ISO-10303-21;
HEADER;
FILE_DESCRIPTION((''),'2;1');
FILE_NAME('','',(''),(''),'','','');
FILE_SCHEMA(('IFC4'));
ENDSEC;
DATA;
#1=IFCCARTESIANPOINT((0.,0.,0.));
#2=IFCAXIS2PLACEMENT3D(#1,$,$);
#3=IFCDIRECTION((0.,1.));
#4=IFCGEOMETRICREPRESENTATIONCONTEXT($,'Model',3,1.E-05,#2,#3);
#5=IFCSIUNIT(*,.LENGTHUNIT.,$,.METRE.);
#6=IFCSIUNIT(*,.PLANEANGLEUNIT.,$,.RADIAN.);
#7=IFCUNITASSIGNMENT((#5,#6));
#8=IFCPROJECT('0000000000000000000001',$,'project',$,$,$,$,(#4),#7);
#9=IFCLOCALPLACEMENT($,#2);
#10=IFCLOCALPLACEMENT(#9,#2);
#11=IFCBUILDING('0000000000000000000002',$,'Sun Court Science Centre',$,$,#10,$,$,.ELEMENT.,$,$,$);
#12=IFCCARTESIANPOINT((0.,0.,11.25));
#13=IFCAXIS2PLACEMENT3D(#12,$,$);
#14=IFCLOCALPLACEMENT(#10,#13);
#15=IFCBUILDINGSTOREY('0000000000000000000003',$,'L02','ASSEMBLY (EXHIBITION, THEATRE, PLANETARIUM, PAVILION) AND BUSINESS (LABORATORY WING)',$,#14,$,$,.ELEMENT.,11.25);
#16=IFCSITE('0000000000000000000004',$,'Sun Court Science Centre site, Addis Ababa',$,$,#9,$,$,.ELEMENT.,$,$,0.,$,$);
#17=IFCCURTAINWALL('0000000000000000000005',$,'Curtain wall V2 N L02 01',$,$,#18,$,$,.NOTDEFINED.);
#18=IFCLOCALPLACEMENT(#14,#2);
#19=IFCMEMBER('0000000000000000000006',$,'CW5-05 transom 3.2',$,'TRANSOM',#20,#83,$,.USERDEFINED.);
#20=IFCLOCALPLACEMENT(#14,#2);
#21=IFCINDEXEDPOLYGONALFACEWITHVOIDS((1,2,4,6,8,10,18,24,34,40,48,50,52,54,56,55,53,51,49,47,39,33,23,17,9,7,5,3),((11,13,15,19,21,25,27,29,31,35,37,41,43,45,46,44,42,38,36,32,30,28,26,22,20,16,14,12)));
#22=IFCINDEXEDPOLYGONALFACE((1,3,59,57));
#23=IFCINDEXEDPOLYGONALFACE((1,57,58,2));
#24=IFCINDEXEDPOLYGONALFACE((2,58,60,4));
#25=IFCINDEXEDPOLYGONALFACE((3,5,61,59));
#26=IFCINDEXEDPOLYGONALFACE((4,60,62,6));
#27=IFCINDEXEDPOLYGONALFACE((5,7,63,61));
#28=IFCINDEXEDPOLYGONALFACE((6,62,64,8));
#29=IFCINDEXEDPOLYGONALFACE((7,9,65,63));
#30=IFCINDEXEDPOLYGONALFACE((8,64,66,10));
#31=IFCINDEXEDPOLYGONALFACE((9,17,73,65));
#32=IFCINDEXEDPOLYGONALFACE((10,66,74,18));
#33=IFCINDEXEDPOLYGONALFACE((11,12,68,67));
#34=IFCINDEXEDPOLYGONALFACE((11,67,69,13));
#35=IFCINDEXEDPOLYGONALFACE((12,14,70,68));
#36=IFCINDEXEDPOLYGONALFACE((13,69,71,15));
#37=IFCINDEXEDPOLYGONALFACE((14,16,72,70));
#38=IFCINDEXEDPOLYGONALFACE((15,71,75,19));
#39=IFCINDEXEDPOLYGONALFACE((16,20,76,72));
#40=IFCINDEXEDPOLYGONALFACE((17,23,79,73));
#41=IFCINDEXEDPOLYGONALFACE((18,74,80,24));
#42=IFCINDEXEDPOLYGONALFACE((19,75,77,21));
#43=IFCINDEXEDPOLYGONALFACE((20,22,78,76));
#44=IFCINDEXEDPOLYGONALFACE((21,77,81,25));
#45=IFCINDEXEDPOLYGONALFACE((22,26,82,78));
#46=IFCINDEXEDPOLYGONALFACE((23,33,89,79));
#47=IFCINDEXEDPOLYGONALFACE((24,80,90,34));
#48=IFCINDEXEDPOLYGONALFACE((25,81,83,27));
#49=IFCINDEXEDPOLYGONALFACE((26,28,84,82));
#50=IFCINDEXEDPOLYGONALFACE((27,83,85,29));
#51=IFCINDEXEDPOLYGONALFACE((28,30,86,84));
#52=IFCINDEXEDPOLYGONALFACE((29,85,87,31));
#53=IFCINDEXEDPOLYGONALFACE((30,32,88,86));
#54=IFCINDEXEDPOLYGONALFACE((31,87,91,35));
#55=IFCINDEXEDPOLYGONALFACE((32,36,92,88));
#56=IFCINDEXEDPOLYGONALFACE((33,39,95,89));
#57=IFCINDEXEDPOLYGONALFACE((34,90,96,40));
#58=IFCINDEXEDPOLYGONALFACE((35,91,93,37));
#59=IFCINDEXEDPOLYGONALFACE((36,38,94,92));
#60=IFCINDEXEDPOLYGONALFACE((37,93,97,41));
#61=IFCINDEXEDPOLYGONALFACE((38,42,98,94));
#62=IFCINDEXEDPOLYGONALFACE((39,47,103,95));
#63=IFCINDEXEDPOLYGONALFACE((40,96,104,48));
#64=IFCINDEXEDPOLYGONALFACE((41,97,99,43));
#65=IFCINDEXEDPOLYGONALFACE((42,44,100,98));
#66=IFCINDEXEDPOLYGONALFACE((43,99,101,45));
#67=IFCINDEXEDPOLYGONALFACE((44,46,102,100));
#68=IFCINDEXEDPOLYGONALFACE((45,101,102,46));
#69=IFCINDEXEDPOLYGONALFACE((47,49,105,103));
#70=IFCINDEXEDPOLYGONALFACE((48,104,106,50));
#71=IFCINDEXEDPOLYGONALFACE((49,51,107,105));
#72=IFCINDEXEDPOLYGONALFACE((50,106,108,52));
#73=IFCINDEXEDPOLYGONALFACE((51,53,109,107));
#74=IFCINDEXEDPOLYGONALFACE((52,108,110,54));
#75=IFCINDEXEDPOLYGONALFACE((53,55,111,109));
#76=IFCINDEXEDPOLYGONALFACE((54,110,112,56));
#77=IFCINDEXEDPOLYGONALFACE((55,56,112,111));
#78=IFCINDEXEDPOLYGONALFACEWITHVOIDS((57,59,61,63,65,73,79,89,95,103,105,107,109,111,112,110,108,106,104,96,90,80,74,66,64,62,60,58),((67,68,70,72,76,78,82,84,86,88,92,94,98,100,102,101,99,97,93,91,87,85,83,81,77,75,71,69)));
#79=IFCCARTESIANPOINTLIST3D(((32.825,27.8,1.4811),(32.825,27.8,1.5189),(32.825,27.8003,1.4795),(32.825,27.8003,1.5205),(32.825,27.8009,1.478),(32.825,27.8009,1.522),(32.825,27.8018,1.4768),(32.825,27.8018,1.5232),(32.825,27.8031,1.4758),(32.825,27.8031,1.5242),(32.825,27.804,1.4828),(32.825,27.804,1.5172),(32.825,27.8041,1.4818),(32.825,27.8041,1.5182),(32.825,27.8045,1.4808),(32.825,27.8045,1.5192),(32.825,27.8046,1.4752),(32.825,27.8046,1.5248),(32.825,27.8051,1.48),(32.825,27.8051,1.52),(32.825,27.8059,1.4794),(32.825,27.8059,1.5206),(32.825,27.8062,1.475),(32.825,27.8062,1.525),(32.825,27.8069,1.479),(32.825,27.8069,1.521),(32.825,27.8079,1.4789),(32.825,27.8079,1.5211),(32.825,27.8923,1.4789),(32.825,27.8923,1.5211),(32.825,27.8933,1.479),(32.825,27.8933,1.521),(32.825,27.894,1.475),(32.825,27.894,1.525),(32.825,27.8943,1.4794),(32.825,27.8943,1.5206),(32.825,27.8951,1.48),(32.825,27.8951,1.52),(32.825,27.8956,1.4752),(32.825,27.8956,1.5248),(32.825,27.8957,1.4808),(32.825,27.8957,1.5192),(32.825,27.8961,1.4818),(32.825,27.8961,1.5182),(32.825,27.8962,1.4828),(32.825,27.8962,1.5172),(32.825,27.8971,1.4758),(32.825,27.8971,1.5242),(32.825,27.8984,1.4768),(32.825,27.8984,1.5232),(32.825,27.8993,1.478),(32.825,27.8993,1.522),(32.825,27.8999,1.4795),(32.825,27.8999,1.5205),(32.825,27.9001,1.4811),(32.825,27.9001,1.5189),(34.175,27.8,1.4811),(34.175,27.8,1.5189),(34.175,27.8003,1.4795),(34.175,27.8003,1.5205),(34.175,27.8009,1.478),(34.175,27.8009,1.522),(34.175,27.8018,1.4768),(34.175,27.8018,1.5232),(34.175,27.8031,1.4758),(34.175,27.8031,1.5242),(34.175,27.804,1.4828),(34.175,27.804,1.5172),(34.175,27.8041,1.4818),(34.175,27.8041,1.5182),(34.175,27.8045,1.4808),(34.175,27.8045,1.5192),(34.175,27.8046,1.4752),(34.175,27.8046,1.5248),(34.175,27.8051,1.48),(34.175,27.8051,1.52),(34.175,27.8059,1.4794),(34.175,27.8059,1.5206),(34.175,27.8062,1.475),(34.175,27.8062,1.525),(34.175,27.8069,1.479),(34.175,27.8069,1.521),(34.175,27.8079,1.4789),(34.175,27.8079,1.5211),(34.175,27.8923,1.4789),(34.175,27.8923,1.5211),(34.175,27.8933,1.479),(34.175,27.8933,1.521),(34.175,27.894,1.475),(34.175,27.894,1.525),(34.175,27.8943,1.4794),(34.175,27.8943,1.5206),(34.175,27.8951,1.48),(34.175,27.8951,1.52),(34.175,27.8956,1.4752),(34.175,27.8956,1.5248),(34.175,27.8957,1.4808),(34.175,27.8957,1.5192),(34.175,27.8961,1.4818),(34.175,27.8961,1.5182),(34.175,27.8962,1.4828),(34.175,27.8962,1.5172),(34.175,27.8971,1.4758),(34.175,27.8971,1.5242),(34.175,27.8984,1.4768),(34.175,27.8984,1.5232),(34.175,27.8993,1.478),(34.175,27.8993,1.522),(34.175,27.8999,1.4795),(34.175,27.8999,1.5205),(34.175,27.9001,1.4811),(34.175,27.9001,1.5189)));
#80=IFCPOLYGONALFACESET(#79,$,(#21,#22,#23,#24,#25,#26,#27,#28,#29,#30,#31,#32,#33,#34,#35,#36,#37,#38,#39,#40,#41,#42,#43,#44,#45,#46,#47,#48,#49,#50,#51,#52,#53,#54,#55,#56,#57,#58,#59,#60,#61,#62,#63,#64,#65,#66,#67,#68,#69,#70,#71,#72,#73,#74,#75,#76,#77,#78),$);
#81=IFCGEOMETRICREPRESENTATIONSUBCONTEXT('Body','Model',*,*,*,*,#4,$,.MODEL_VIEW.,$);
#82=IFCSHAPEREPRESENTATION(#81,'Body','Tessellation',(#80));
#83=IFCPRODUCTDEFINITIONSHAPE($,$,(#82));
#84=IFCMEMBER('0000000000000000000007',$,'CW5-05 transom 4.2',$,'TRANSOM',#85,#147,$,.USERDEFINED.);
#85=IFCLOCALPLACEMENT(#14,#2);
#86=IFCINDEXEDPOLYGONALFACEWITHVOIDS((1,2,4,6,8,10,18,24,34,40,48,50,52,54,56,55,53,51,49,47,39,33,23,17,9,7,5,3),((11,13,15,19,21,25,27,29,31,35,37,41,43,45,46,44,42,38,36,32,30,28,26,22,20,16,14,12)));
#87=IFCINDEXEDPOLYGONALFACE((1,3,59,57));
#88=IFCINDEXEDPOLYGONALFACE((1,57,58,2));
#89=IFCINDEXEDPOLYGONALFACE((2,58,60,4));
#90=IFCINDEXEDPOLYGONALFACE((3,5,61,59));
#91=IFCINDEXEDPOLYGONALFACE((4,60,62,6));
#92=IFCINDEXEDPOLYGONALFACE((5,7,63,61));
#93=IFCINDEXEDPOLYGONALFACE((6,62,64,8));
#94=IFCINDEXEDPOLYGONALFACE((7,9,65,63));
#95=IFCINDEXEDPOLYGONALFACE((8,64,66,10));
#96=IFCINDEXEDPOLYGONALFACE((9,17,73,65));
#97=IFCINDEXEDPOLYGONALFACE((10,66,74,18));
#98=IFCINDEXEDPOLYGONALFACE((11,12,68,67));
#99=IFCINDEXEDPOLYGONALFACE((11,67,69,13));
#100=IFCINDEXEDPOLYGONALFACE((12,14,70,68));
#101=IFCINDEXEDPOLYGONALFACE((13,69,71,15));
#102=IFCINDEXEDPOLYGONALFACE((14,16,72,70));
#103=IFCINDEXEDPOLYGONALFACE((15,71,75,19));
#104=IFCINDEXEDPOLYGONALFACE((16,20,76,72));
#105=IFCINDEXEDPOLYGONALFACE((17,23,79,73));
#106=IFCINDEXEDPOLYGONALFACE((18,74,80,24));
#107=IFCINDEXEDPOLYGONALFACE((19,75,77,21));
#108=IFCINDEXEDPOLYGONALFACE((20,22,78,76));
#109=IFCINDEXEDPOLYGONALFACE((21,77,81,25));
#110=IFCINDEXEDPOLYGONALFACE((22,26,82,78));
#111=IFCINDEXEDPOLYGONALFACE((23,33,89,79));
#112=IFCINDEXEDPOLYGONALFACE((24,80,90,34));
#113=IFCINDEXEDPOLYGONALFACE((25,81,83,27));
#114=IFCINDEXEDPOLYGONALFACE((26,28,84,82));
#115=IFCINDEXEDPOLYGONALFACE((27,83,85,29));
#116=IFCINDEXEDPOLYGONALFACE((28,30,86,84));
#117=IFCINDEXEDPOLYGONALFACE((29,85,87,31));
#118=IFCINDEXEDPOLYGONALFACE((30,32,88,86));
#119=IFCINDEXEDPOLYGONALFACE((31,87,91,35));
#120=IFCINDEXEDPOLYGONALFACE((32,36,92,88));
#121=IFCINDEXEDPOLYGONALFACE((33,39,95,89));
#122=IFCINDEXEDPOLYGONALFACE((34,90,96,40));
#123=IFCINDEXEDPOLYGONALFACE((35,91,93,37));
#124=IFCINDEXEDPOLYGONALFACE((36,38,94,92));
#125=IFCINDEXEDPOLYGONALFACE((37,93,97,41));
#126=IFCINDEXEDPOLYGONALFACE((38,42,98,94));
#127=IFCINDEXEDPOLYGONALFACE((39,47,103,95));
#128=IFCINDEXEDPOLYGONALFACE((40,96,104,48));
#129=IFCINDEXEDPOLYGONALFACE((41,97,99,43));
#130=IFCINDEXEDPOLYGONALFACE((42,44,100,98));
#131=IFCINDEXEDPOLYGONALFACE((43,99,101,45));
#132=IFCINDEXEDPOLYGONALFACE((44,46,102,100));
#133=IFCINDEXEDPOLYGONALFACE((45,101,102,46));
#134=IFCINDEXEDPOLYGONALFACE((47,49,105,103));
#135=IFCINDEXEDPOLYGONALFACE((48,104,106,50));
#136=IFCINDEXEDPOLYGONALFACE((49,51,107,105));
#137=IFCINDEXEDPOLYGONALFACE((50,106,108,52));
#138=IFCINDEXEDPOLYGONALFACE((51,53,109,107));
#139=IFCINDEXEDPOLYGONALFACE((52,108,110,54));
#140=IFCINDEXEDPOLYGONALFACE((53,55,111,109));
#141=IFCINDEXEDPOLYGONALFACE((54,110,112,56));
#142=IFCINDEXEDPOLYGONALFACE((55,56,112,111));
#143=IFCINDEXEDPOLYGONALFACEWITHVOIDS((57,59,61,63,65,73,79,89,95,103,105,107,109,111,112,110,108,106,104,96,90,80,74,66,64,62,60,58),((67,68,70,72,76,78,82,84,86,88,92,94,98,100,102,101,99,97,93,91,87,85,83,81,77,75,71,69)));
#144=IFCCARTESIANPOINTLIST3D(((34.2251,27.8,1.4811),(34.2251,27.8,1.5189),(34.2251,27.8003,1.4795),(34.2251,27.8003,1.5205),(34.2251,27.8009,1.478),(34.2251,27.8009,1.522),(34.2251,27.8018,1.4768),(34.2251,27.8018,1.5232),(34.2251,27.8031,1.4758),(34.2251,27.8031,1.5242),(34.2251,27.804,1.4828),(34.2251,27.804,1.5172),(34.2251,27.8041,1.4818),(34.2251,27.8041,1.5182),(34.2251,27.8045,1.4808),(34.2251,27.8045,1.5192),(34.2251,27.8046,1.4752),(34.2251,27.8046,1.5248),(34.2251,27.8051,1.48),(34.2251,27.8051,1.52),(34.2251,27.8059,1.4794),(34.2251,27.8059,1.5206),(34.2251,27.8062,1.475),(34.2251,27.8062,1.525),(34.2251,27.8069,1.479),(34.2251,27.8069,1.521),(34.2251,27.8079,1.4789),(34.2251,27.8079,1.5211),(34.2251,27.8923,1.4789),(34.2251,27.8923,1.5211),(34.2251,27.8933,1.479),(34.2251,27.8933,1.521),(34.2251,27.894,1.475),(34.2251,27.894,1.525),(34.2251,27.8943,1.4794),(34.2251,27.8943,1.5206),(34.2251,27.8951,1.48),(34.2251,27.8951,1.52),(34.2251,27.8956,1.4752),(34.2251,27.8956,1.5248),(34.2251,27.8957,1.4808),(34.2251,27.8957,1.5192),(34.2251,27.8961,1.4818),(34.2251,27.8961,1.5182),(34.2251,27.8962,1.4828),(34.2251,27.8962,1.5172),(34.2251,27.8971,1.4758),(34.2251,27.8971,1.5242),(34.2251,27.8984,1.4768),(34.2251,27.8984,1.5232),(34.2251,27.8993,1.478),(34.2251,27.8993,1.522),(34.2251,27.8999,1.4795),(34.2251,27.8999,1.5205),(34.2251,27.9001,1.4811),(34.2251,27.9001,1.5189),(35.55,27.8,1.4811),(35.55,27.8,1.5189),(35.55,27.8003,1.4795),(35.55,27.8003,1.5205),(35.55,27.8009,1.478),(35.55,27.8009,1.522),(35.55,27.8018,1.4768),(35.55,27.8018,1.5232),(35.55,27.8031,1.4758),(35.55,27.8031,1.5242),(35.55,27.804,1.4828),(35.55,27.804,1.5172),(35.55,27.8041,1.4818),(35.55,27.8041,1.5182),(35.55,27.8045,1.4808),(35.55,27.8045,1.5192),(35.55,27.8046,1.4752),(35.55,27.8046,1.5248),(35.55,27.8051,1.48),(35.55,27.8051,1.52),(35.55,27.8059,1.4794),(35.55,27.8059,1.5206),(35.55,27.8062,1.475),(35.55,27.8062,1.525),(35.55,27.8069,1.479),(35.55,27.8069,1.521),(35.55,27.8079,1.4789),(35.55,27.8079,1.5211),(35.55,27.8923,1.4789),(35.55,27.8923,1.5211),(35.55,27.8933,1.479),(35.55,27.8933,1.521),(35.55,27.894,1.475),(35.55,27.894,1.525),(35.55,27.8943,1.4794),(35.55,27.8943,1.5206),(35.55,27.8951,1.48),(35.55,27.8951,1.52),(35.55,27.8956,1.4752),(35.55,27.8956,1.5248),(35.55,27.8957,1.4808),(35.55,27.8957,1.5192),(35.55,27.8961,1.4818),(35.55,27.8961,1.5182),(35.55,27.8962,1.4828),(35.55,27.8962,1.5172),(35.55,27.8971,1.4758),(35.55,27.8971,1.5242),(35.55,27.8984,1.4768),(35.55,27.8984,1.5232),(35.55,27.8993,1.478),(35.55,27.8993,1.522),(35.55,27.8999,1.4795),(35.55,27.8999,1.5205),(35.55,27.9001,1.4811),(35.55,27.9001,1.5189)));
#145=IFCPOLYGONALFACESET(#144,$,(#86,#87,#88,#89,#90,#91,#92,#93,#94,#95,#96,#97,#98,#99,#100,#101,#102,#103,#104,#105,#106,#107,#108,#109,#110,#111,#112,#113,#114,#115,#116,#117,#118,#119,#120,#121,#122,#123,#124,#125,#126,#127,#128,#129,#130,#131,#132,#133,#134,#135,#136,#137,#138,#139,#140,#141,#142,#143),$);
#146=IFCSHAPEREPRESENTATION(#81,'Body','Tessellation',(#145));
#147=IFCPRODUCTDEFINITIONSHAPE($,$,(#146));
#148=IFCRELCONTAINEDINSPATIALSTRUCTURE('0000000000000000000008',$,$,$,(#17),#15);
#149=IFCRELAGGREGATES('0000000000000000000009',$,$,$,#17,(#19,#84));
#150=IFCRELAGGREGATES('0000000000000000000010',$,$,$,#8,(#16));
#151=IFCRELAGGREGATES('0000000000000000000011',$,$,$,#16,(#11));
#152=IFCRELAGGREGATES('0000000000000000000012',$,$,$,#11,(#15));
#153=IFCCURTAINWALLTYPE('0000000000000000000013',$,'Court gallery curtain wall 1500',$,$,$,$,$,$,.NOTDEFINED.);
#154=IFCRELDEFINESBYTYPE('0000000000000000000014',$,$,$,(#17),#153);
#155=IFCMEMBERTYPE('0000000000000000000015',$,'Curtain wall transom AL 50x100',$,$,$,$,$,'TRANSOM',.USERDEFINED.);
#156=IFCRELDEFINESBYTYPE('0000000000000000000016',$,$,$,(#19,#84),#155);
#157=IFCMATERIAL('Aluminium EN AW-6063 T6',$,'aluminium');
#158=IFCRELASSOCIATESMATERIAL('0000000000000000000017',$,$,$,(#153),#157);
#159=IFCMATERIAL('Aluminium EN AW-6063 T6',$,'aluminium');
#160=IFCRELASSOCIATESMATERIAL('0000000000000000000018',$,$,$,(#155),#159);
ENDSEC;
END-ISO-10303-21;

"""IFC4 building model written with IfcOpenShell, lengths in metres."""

from ifc_helpers import new_model, si_unit, direction, frame, origin, origin_2d, place, context, subcontext, project, spatial, hollow_rectangle, extrude, material, material_profile, profile_set, type_object, element, aggregate, save


model = new_model("IFC4")

# Units and contexts
model_context = context("Model", 3, precision=1e-05, world=origin(), true_north=direction((0.0, 1.0)))
body_context = subcontext(model_context, "Body", "Model", "MODEL_VIEW")
ifc_project = project(units=[si_unit("LENGTHUNIT", "METRE"), si_unit("PLANEANGLEUNIT", "RADIAN")], contexts=[model_context])

# Site, building, storey
site_placement = place(None, origin())
site = spatial("IfcSite", under=ifc_project, at=site_placement, Name="Sun Court Science Centre site, Addis Ababa", CompositionType="ELEMENT", RefElevation=0.0)
building_placement = place(site_placement, origin())
building = spatial("IfcBuilding", under=site, at=building_placement, Name="Sun Court Science Centre", CompositionType="ELEMENT")
storey_placement = place(building_placement, frame((0.0, 0.0, 11.25)))
storey = spatial("IfcBuildingStorey", under=building, at=storey_placement, Name="L02", Description="ASSEMBLY (EXHIBITION, THEATRE, PLANETARIUM, PAVILION) AND BUSINESS (LABORATORY WING)", CompositionType="ELEMENT", Elevation=11.25)

# Curtain wall
ifc_material_1 = material(Name="Aluminium EN AW-6063 T6", Category="aluminium")
curtain_wall_type_1 = type_object("IfcCurtainWallType", Name="Court gallery curtain wall 1500", PredefinedType="NOTDEFINED", material=ifc_material_1)
curtain_wall_1_placement = place(storey_placement, origin())
curtain_wall_1 = element("IfcCurtainWall", 1, at=curtain_wall_1_placement, inside=storey, type_object=curtain_wall_type_1, Name="Curtain wall V2 N L02 01", PredefinedType="NOTDEFINED")

# Members
ifc_material_2 = material(Name="Aluminium EN AW-6063 T6", Category="aluminium")
ifc_material_profile_1 = material_profile(ifc_material_2, hollow_rectangle(XDim=0.05, YDim=0.1001, WallThickness=0.0039, InnerFilletRadius=0.0039, OuterFilletRadius=0.0061, at=origin_2d()), Name="AL 50x100x4")
ifc_profile_set_1 = profile_set([ifc_material_profile_1], Name="Aluminium EN AW-6063 T6")
member_type_1 = type_object("IfcMemberType", Name="Curtain wall transom AL 50x100", ElementType="TRANSOM", PredefinedType="USERDEFINED", material=ifc_profile_set_1)
member_1_placement = place(storey_placement, frame((32.825, 27.8501, 1.5), z_axis=(1.0, 0.0, 0.0), x_axis=(0.0, 0.0, 1.0)))
member_1 = element("IfcMember", 2, at=member_1_placement, type_object=member_type_1, Name="CW5-05 transom 3.2", ObjectType="TRANSOM", PredefinedType="USERDEFINED", context=body_context, shape_type="SweptSolid", body=[
    extrude(hollow_rectangle(XDim=0.05, YDim=0.1001, WallThickness=0.0039, InnerFilletRadius=0.0039, OuterFilletRadius=0.0061, at=origin_2d()), origin(), (0.0, 0.0, 1.0), 1.3501),
])
member_2_placement = place(storey_placement, frame((34.2251, 27.8501, 1.5), z_axis=(1.0, 0.0, 0.0), x_axis=(0.0, 0.0, 1.0)))
member_2 = element("IfcMember", 3, at=member_2_placement, type_object=member_type_1, Name="CW5-05 transom 4.2", ObjectType="TRANSOM", PredefinedType="USERDEFINED", context=body_context, shape_type="SweptSolid", body=[
    extrude(hollow_rectangle(XDim=0.05, YDim=0.1001, WallThickness=0.0039, InnerFilletRadius=0.0039, OuterFilletRadius=0.0061, at=origin_2d()), origin(), (0.0, 0.0, 1.0), 1.325),
])

aggregate(curtain_wall_1, [member_1, member_2])

save(model, "model.ifc")
